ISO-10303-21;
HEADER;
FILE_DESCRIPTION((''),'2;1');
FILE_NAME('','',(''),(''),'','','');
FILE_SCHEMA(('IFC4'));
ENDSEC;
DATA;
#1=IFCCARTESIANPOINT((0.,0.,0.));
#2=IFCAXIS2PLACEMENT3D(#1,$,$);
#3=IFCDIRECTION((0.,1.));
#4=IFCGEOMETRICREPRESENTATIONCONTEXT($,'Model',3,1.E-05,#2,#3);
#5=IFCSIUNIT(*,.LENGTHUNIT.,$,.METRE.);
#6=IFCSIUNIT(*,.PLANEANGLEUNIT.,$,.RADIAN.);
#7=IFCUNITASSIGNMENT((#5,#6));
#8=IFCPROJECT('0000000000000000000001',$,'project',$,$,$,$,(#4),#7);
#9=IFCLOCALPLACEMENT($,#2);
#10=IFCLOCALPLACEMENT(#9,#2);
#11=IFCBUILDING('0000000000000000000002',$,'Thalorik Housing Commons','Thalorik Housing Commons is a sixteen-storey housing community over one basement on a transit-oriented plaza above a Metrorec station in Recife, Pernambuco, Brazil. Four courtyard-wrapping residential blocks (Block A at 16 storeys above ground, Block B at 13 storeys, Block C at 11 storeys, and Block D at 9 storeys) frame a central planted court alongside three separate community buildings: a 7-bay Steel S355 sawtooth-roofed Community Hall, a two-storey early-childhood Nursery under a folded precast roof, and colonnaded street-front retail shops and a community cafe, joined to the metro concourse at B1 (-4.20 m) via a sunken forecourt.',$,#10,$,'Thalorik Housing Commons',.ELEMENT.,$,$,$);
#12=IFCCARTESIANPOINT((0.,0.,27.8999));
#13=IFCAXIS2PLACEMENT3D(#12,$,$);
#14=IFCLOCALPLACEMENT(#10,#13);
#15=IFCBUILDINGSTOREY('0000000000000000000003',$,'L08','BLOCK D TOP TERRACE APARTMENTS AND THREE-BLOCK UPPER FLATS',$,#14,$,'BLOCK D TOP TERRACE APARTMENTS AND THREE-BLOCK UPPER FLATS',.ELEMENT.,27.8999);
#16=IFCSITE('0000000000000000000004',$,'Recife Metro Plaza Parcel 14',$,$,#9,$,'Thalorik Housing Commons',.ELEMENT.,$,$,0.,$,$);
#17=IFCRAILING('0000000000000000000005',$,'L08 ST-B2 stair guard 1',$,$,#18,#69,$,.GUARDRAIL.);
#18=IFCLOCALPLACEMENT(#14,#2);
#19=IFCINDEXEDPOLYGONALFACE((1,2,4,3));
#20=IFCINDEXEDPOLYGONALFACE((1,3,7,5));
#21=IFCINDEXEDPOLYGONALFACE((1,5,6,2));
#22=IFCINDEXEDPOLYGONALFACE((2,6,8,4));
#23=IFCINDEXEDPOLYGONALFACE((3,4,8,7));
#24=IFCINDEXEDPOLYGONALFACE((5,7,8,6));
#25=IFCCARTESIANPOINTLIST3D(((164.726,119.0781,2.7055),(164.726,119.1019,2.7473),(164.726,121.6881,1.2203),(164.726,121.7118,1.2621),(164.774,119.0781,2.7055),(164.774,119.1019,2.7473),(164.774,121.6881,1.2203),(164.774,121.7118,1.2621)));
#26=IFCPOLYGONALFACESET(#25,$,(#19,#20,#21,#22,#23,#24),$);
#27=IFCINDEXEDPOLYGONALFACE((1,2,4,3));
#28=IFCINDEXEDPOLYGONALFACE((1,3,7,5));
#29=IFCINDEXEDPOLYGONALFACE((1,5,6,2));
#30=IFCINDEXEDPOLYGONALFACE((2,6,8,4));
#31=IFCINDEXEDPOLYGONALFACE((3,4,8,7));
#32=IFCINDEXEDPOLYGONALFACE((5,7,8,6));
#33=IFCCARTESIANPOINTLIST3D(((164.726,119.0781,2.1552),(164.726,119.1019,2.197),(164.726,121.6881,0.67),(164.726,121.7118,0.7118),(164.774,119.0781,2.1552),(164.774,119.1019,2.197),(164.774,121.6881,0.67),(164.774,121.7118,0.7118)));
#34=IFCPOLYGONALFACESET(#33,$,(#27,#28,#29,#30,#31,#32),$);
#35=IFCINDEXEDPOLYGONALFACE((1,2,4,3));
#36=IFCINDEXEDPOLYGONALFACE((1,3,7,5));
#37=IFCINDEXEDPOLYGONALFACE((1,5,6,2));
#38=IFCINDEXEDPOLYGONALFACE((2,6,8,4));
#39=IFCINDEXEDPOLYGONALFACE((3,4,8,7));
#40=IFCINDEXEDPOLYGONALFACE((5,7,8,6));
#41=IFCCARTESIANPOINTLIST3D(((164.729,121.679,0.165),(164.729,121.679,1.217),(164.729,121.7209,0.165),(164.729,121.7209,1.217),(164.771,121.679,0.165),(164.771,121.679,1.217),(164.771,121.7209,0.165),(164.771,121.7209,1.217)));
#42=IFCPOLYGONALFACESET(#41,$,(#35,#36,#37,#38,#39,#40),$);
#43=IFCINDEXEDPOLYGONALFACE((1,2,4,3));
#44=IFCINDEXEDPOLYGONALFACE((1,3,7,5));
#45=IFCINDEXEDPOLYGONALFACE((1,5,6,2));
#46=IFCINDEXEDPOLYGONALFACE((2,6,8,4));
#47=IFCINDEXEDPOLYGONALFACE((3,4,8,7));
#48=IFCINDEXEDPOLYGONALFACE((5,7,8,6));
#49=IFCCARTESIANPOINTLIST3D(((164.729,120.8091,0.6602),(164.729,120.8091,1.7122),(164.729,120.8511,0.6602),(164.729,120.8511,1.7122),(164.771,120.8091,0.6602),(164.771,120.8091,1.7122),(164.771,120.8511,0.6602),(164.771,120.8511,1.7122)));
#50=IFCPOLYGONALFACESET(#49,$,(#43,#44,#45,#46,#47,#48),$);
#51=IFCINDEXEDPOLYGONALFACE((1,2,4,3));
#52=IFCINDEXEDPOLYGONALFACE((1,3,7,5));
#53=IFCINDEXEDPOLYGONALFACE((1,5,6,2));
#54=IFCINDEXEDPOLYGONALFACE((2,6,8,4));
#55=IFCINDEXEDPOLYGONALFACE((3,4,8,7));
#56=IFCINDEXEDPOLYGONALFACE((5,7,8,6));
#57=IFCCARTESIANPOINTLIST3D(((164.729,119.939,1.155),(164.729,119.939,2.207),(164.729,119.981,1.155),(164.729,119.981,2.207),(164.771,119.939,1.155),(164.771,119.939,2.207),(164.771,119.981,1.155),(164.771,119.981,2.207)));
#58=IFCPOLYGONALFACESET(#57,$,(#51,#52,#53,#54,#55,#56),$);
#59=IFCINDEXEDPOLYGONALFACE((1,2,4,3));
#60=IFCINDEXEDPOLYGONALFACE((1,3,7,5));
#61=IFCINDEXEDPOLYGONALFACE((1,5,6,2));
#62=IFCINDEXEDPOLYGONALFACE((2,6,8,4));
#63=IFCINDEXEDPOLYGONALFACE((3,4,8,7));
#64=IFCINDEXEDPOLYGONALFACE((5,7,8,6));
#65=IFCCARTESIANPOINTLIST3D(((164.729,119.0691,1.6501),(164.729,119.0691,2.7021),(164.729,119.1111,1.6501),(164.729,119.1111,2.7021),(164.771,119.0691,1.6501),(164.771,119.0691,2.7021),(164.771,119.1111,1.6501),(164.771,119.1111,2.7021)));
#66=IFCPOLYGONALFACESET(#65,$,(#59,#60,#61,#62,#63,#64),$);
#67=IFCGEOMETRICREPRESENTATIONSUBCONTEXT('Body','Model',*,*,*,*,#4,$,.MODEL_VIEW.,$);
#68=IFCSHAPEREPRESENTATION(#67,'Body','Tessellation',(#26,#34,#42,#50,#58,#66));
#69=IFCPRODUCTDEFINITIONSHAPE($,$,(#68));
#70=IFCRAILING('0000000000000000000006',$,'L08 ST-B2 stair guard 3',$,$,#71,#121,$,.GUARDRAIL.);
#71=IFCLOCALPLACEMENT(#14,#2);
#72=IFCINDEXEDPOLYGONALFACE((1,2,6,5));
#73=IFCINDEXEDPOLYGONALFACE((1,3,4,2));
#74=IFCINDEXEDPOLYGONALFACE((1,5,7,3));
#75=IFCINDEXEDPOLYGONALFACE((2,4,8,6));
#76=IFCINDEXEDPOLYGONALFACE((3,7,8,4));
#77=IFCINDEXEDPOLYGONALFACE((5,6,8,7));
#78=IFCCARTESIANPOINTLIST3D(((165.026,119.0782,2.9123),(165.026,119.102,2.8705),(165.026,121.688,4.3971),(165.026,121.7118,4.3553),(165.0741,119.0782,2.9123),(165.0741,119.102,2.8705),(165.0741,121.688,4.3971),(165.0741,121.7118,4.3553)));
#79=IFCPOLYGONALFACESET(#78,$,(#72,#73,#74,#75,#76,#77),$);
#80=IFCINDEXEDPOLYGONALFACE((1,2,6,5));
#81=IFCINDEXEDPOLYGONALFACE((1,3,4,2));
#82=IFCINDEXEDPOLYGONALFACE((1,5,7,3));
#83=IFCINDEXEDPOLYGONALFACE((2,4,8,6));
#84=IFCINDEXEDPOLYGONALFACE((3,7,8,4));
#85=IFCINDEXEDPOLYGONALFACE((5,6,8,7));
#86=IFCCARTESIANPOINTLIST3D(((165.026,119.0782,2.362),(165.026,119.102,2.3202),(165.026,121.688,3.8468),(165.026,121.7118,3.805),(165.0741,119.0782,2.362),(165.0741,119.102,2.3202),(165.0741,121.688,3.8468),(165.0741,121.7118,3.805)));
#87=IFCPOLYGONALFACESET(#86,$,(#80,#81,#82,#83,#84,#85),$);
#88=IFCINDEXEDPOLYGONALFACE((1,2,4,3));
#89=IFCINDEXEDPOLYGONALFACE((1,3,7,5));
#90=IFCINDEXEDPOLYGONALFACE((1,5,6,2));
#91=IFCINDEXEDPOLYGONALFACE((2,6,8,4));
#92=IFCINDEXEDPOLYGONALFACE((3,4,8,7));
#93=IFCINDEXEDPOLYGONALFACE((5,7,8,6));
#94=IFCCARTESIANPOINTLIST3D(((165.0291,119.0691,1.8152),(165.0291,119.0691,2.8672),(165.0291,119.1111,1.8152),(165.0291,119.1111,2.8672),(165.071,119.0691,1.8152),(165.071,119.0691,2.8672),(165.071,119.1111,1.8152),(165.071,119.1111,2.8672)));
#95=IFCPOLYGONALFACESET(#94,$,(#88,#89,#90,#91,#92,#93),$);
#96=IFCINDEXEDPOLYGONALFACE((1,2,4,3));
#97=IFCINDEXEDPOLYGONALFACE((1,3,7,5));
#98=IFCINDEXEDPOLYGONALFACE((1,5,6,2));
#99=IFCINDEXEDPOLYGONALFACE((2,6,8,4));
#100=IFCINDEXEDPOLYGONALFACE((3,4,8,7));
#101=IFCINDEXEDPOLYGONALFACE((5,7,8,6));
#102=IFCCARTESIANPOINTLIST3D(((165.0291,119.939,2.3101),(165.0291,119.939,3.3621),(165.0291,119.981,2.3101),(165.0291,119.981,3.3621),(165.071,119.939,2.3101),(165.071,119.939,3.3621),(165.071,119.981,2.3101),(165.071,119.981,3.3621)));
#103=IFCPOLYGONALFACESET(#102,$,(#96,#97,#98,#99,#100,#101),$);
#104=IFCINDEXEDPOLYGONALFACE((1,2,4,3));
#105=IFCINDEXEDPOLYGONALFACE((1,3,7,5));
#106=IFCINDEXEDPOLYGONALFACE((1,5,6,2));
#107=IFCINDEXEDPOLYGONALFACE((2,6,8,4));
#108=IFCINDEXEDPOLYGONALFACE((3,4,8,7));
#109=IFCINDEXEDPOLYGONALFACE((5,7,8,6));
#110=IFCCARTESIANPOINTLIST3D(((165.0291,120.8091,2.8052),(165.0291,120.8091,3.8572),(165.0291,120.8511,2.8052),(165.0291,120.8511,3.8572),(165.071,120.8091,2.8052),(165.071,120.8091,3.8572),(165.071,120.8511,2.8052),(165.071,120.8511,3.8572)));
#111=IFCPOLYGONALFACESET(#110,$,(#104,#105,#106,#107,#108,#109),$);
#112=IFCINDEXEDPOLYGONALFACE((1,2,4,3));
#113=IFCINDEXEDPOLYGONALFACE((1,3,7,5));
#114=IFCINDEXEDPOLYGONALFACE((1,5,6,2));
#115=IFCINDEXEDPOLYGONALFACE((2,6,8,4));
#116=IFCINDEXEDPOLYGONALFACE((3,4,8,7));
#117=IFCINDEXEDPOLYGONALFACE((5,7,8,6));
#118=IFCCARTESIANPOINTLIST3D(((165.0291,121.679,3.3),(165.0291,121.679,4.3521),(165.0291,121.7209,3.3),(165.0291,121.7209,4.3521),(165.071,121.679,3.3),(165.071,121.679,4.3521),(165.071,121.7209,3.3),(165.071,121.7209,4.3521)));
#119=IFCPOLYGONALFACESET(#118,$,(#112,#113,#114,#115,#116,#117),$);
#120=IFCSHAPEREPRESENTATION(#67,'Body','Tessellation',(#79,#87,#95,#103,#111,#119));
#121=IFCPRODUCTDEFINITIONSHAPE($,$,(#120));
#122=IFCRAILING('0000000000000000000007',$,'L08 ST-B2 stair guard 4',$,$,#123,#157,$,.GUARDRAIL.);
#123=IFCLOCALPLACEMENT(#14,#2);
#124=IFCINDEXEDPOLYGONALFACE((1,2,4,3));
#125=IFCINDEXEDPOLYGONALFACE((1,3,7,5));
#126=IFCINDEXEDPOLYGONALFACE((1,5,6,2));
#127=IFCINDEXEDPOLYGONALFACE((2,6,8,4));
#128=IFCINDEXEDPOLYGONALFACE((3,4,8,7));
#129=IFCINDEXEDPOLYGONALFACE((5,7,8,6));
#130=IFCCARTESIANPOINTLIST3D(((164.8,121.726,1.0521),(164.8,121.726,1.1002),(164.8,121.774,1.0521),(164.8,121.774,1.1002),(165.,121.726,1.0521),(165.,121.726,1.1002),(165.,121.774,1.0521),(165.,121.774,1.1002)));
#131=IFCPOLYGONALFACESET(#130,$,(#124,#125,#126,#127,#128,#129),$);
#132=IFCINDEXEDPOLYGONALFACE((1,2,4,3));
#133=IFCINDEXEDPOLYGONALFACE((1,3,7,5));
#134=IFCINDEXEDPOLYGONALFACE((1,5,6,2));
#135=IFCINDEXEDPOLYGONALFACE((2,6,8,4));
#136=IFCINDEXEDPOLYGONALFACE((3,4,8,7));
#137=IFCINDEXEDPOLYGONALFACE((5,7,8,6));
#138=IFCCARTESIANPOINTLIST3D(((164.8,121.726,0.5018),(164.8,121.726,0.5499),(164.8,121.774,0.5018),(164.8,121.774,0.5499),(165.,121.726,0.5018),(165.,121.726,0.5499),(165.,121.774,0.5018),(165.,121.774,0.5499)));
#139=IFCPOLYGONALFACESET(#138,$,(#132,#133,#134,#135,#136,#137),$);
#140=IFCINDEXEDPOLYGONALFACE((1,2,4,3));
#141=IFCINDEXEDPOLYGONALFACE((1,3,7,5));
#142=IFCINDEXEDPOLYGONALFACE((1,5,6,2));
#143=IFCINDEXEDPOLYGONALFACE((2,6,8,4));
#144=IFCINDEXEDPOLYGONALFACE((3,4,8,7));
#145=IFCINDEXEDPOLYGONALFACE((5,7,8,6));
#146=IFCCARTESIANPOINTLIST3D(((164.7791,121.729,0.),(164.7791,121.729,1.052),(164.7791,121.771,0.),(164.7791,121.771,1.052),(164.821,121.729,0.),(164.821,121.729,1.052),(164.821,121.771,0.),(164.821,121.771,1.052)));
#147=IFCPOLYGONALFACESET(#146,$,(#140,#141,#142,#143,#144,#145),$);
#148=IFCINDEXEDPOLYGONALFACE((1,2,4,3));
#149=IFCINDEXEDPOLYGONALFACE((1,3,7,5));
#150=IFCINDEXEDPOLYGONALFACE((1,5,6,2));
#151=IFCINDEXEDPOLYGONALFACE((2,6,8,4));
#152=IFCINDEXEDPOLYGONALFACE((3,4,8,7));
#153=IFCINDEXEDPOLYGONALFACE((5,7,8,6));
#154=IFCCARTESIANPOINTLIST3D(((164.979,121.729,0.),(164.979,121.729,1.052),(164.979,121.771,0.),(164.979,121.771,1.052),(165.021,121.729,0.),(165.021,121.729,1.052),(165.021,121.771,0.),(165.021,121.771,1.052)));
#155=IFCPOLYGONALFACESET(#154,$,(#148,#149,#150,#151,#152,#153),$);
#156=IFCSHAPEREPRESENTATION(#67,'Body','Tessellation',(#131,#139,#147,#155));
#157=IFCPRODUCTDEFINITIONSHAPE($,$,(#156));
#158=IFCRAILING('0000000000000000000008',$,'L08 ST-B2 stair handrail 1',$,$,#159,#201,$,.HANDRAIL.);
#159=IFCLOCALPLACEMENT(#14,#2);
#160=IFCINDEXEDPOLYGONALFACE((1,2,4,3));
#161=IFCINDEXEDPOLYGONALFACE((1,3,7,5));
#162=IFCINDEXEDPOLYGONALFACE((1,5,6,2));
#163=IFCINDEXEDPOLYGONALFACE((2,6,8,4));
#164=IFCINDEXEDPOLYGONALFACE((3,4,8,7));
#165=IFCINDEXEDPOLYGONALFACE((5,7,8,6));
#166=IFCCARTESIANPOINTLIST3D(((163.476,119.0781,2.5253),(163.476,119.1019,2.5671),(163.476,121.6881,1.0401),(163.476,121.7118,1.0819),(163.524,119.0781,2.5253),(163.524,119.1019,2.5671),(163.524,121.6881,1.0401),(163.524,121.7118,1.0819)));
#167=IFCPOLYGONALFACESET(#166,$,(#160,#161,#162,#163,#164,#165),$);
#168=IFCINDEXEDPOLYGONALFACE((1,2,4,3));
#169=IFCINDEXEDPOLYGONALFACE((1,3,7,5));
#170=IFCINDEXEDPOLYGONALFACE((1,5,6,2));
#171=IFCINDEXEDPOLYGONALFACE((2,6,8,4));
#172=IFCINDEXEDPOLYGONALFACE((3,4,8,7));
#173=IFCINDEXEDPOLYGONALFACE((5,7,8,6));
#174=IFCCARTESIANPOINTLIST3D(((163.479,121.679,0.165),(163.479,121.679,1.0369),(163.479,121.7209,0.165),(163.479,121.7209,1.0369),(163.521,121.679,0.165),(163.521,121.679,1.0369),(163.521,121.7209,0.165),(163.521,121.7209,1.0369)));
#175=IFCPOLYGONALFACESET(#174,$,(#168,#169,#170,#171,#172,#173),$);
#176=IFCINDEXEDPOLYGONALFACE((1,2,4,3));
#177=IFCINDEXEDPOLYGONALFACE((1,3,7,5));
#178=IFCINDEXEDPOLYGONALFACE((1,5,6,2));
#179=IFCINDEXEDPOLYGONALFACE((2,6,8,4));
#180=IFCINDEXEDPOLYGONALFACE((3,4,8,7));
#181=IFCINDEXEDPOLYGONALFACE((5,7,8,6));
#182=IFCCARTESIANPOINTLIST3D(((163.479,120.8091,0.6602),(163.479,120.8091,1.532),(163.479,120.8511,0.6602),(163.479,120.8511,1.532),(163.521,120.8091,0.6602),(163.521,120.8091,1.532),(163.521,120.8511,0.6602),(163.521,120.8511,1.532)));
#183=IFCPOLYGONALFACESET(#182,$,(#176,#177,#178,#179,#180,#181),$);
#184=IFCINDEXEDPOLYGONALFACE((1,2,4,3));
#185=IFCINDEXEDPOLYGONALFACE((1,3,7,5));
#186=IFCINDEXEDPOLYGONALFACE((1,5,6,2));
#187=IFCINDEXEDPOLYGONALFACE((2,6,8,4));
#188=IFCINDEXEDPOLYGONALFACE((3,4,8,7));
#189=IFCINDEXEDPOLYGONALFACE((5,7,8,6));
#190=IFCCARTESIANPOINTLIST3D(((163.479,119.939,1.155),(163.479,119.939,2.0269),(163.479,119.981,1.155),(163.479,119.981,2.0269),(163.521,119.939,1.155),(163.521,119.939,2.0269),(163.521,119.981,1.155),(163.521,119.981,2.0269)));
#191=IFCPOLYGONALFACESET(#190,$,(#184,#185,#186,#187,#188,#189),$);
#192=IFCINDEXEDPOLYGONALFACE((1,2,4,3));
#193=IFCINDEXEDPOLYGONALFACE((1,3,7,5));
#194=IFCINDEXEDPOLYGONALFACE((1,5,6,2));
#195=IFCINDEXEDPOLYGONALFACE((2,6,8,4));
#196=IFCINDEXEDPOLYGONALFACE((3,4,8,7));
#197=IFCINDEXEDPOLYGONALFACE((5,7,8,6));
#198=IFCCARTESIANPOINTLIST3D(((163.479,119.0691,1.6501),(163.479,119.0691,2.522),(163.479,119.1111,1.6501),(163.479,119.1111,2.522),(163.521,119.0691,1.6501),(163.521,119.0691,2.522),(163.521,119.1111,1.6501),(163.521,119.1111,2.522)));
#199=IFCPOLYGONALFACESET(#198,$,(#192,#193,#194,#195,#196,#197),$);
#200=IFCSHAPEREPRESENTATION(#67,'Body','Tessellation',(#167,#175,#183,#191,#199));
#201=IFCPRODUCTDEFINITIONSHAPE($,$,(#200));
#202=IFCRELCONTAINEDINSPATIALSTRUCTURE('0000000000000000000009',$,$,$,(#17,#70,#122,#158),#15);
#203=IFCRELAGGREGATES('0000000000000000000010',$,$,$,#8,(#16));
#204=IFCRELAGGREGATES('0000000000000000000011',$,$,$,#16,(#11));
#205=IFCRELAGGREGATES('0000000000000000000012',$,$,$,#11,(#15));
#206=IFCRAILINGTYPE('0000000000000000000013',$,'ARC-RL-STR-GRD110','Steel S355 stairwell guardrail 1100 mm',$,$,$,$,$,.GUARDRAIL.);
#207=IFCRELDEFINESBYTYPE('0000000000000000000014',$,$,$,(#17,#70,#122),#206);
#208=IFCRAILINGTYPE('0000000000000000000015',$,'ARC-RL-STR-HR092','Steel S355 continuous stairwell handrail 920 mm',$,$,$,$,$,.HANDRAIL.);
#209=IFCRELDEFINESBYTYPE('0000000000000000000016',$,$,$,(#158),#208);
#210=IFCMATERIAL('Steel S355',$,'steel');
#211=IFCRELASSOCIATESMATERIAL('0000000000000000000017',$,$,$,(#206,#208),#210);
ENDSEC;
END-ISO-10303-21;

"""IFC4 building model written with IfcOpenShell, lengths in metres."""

from ifc_helpers import new_model, si_unit, direction, frame, origin, origin_2d, place, context, subcontext, project, spatial, rectangle, extrude, material, type_object, element, save


model = new_model("IFC4")

# Units and contexts
model_context = context("Model", 3, precision=1e-05, world=origin(), true_north=direction((0.0, 1.0)))
body_context = subcontext(model_context, "Body", "Model", "MODEL_VIEW")
ifc_project = project(units=[si_unit("LENGTHUNIT", "METRE"), si_unit("PLANEANGLEUNIT", "RADIAN")], contexts=[model_context])

# Site, building, storey
site_placement = place(None, origin())
site = spatial("IfcSite", under=ifc_project, at=site_placement, Name="Recife Metro Plaza Parcel 14", LongName="Thalorik Housing Commons", CompositionType="ELEMENT", RefElevation=0.0)
building_placement = place(site_placement, origin())
building = spatial("IfcBuilding", under=site, at=building_placement, Name="Thalorik Housing Commons", Description="Thalorik Housing Commons is a sixteen-storey housing community over one basement on a transit-oriented plaza above a Metrorec station in Recife, Pernambuco, Brazil. Four courtyard-wrapping residential blocks (Block A at 16 storeys above ground, Block B at 13 storeys, Block C at 11 storeys, and Block D at 9 storeys) frame a central planted court alongside three separate community buildings: a 7-bay Steel S355 sawtooth-roofed Community Hall, a two-storey early-childhood Nursery under a folded precast roof, and colonnaded street-front retail shops and a community cafe, joined to the metro concourse at B1 (-4.20 m) via a sunken forecourt.", LongName="Thalorik Housing Commons", CompositionType="ELEMENT")
storey_placement = place(building_placement, frame((0.0, 0.0, 27.8999)))
storey = spatial("IfcBuildingStorey", under=building, at=storey_placement, Name="L08", Description="BLOCK D TOP TERRACE APARTMENTS AND THREE-BLOCK UPPER FLATS", LongName="BLOCK D TOP TERRACE APARTMENTS AND THREE-BLOCK UPPER FLATS", CompositionType="ELEMENT", Elevation=27.8999)

# Shared definitions
ifc_material_1 = material(Name="Steel S355", Category="steel")

# Railings
railing_type_1 = type_object("IfcRailingType", Name="ARC-RL-STR-GRD110", Description="Steel S355 stairwell guardrail 1100 mm", PredefinedType="GUARDRAIL", material=ifc_material_1)
railing_1_placement = place(storey_placement, frame((164.75, 121.7, 0.165)))
element("IfcRailing", 1, at=railing_1_placement, inside=storey, type_object=railing_type_1, Name="L08 ST-B2 stair guard 1", PredefinedType="GUARDRAIL", context=body_context, shape_type="SweptSolid", body=[
    extrude(rectangle(XDim=0.0481, YDim=0.0481, at=origin_2d()), frame((0.0, 0.0, 1.0762), z_axis=(0.0, -0.869137, 0.494571), x_axis=(1.0, 0.0, 0.0)), (0.0, 0.0, 1.0), 3.0029),
    extrude(rectangle(XDim=0.0481, YDim=0.0481, at=origin_2d()), frame((0.0, 0.0, 0.5259), z_axis=(0.0, -0.869137, 0.494571), x_axis=(1.0, 0.0, 0.0)), (0.0, 0.0, 1.0), 3.0029),
    extrude(rectangle(XDim=0.042, YDim=0.042, at=origin_2d()), origin(), (0.0, 0.0, 1.0), 1.052),
    extrude(rectangle(XDim=0.042, YDim=0.042, at=origin_2d()), frame((0.0, -0.8699, 0.4951)), (0.0, 0.0, 1.0), 1.052),
    extrude(rectangle(XDim=0.042, YDim=0.042, at=origin_2d()), frame((0.0, -1.74, 0.99)), (0.0, 0.0, 1.0), 1.052),
    extrude(rectangle(XDim=0.042, YDim=0.042, at=origin_2d()), frame((0.0, -2.6099, 1.4851)), (0.0, 0.0, 1.0), 1.052),
])
railing_2_placement = place(storey_placement, frame((165.05, 119.0901, 1.8152)))
element("IfcRailing", 2, at=railing_2_placement, inside=storey, type_object=railing_type_1, Name="L08 ST-B2 stair guard 3", PredefinedType="GUARDRAIL", context=body_context, shape_type="SweptSolid", body=[
    extrude(rectangle(XDim=0.0481, YDim=0.0481, at=origin_2d()), frame((0.0, 0.0, 1.0762), z_axis=(0.0, 0.869172, 0.494509), x_axis=(-1.0, 0.0, 0.0)), (0.0, 0.0, 1.0), 3.0027),
    extrude(rectangle(XDim=0.0481, YDim=0.0481, at=origin_2d()), frame((0.0, 0.0, 0.5259), z_axis=(0.0, 0.869172, 0.494509), x_axis=(-1.0, 0.0, 0.0)), (0.0, 0.0, 1.0), 3.0027),
    extrude(rectangle(XDim=0.042, YDim=0.042, at=origin_2d()), origin(), (0.0, 0.0, 1.0), 1.052),
    extrude(rectangle(XDim=0.042, YDim=0.042, at=origin_2d()), frame((0.0, 0.8699, 0.4949)), (0.0, 0.0, 1.0), 1.052),
    extrude(rectangle(XDim=0.042, YDim=0.042, at=origin_2d()), frame((0.0, 1.74, 0.99)), (0.0, 0.0, 1.0), 1.052),
    extrude(rectangle(XDim=0.042, YDim=0.042, at=origin_2d()), frame((0.0, 2.6099, 1.4849)), (0.0, 0.0, 1.0), 1.052),
])
railing_3_placement = place(storey_placement, frame((164.8, 121.75, 0.0)))
element("IfcRailing", 3, at=railing_3_placement, inside=storey, type_object=railing_type_1, Name="L08 ST-B2 stair guard 4", PredefinedType="GUARDRAIL", context=body_context, shape_type="SweptSolid", body=[
    extrude(rectangle(XDim=0.0481, YDim=0.0481, at=origin_2d()), frame((0.0, 0.0, 1.0762), z_axis=(1.0, 0.0, 0.0), x_axis=(0.0, 1.0, 0.0)), (0.0, 0.0, 1.0), 0.2),
    extrude(rectangle(XDim=0.0481, YDim=0.0481, at=origin_2d()), frame((0.0, 0.0, 0.5259), z_axis=(1.0, 0.0, 0.0), x_axis=(0.0, 1.0, 0.0)), (0.0, 0.0, 1.0), 0.2),
    extrude(rectangle(XDim=0.042, YDim=0.042, at=origin_2d()), origin(), (0.0, 0.0, 1.0), 1.052),
    extrude(rectangle(XDim=0.042, YDim=0.042, at=origin_2d()), frame((0.2, 0.0, 0.0)), (0.0, 0.0, 1.0), 1.052),
])
railing_type_2 = type_object("IfcRailingType", Name="ARC-RL-STR-HR092", Description="Steel S355 continuous stairwell handrail 920 mm", PredefinedType="HANDRAIL", material=ifc_material_1)
railing_4_placement = place(storey_placement, frame((163.5, 121.7, 0.165)))
element("IfcRailing", 4, at=railing_4_placement, inside=storey, type_object=railing_type_2, Name="L08 ST-B2 stair handrail 1", PredefinedType="HANDRAIL", context=body_context, shape_type="SweptSolid", body=[
    extrude(rectangle(XDim=0.0481, YDim=0.0481, at=origin_2d()), frame((0.0, 0.0, 0.896), z_axis=(0.0, -0.869137, 0.494571), x_axis=(1.0, 0.0, 0.0)), (0.0, 0.0, 1.0), 3.0029),
    extrude(rectangle(XDim=0.042, YDim=0.042, at=origin_2d()), origin(), (0.0, 0.0, 1.0), 0.8718),
    extrude(rectangle(XDim=0.042, YDim=0.042, at=origin_2d()), frame((0.0, -0.8699, 0.4951)), (0.0, 0.0, 1.0), 0.8718),
    extrude(rectangle(XDim=0.042, YDim=0.042, at=origin_2d()), frame((0.0, -1.74, 0.99)), (0.0, 0.0, 1.0), 0.8718),
    extrude(rectangle(XDim=0.042, YDim=0.042, at=origin_2d()), frame((0.0, -2.6099, 1.4851)), (0.0, 0.0, 1.0), 0.8718),
])

save(model, "model.ifc")
